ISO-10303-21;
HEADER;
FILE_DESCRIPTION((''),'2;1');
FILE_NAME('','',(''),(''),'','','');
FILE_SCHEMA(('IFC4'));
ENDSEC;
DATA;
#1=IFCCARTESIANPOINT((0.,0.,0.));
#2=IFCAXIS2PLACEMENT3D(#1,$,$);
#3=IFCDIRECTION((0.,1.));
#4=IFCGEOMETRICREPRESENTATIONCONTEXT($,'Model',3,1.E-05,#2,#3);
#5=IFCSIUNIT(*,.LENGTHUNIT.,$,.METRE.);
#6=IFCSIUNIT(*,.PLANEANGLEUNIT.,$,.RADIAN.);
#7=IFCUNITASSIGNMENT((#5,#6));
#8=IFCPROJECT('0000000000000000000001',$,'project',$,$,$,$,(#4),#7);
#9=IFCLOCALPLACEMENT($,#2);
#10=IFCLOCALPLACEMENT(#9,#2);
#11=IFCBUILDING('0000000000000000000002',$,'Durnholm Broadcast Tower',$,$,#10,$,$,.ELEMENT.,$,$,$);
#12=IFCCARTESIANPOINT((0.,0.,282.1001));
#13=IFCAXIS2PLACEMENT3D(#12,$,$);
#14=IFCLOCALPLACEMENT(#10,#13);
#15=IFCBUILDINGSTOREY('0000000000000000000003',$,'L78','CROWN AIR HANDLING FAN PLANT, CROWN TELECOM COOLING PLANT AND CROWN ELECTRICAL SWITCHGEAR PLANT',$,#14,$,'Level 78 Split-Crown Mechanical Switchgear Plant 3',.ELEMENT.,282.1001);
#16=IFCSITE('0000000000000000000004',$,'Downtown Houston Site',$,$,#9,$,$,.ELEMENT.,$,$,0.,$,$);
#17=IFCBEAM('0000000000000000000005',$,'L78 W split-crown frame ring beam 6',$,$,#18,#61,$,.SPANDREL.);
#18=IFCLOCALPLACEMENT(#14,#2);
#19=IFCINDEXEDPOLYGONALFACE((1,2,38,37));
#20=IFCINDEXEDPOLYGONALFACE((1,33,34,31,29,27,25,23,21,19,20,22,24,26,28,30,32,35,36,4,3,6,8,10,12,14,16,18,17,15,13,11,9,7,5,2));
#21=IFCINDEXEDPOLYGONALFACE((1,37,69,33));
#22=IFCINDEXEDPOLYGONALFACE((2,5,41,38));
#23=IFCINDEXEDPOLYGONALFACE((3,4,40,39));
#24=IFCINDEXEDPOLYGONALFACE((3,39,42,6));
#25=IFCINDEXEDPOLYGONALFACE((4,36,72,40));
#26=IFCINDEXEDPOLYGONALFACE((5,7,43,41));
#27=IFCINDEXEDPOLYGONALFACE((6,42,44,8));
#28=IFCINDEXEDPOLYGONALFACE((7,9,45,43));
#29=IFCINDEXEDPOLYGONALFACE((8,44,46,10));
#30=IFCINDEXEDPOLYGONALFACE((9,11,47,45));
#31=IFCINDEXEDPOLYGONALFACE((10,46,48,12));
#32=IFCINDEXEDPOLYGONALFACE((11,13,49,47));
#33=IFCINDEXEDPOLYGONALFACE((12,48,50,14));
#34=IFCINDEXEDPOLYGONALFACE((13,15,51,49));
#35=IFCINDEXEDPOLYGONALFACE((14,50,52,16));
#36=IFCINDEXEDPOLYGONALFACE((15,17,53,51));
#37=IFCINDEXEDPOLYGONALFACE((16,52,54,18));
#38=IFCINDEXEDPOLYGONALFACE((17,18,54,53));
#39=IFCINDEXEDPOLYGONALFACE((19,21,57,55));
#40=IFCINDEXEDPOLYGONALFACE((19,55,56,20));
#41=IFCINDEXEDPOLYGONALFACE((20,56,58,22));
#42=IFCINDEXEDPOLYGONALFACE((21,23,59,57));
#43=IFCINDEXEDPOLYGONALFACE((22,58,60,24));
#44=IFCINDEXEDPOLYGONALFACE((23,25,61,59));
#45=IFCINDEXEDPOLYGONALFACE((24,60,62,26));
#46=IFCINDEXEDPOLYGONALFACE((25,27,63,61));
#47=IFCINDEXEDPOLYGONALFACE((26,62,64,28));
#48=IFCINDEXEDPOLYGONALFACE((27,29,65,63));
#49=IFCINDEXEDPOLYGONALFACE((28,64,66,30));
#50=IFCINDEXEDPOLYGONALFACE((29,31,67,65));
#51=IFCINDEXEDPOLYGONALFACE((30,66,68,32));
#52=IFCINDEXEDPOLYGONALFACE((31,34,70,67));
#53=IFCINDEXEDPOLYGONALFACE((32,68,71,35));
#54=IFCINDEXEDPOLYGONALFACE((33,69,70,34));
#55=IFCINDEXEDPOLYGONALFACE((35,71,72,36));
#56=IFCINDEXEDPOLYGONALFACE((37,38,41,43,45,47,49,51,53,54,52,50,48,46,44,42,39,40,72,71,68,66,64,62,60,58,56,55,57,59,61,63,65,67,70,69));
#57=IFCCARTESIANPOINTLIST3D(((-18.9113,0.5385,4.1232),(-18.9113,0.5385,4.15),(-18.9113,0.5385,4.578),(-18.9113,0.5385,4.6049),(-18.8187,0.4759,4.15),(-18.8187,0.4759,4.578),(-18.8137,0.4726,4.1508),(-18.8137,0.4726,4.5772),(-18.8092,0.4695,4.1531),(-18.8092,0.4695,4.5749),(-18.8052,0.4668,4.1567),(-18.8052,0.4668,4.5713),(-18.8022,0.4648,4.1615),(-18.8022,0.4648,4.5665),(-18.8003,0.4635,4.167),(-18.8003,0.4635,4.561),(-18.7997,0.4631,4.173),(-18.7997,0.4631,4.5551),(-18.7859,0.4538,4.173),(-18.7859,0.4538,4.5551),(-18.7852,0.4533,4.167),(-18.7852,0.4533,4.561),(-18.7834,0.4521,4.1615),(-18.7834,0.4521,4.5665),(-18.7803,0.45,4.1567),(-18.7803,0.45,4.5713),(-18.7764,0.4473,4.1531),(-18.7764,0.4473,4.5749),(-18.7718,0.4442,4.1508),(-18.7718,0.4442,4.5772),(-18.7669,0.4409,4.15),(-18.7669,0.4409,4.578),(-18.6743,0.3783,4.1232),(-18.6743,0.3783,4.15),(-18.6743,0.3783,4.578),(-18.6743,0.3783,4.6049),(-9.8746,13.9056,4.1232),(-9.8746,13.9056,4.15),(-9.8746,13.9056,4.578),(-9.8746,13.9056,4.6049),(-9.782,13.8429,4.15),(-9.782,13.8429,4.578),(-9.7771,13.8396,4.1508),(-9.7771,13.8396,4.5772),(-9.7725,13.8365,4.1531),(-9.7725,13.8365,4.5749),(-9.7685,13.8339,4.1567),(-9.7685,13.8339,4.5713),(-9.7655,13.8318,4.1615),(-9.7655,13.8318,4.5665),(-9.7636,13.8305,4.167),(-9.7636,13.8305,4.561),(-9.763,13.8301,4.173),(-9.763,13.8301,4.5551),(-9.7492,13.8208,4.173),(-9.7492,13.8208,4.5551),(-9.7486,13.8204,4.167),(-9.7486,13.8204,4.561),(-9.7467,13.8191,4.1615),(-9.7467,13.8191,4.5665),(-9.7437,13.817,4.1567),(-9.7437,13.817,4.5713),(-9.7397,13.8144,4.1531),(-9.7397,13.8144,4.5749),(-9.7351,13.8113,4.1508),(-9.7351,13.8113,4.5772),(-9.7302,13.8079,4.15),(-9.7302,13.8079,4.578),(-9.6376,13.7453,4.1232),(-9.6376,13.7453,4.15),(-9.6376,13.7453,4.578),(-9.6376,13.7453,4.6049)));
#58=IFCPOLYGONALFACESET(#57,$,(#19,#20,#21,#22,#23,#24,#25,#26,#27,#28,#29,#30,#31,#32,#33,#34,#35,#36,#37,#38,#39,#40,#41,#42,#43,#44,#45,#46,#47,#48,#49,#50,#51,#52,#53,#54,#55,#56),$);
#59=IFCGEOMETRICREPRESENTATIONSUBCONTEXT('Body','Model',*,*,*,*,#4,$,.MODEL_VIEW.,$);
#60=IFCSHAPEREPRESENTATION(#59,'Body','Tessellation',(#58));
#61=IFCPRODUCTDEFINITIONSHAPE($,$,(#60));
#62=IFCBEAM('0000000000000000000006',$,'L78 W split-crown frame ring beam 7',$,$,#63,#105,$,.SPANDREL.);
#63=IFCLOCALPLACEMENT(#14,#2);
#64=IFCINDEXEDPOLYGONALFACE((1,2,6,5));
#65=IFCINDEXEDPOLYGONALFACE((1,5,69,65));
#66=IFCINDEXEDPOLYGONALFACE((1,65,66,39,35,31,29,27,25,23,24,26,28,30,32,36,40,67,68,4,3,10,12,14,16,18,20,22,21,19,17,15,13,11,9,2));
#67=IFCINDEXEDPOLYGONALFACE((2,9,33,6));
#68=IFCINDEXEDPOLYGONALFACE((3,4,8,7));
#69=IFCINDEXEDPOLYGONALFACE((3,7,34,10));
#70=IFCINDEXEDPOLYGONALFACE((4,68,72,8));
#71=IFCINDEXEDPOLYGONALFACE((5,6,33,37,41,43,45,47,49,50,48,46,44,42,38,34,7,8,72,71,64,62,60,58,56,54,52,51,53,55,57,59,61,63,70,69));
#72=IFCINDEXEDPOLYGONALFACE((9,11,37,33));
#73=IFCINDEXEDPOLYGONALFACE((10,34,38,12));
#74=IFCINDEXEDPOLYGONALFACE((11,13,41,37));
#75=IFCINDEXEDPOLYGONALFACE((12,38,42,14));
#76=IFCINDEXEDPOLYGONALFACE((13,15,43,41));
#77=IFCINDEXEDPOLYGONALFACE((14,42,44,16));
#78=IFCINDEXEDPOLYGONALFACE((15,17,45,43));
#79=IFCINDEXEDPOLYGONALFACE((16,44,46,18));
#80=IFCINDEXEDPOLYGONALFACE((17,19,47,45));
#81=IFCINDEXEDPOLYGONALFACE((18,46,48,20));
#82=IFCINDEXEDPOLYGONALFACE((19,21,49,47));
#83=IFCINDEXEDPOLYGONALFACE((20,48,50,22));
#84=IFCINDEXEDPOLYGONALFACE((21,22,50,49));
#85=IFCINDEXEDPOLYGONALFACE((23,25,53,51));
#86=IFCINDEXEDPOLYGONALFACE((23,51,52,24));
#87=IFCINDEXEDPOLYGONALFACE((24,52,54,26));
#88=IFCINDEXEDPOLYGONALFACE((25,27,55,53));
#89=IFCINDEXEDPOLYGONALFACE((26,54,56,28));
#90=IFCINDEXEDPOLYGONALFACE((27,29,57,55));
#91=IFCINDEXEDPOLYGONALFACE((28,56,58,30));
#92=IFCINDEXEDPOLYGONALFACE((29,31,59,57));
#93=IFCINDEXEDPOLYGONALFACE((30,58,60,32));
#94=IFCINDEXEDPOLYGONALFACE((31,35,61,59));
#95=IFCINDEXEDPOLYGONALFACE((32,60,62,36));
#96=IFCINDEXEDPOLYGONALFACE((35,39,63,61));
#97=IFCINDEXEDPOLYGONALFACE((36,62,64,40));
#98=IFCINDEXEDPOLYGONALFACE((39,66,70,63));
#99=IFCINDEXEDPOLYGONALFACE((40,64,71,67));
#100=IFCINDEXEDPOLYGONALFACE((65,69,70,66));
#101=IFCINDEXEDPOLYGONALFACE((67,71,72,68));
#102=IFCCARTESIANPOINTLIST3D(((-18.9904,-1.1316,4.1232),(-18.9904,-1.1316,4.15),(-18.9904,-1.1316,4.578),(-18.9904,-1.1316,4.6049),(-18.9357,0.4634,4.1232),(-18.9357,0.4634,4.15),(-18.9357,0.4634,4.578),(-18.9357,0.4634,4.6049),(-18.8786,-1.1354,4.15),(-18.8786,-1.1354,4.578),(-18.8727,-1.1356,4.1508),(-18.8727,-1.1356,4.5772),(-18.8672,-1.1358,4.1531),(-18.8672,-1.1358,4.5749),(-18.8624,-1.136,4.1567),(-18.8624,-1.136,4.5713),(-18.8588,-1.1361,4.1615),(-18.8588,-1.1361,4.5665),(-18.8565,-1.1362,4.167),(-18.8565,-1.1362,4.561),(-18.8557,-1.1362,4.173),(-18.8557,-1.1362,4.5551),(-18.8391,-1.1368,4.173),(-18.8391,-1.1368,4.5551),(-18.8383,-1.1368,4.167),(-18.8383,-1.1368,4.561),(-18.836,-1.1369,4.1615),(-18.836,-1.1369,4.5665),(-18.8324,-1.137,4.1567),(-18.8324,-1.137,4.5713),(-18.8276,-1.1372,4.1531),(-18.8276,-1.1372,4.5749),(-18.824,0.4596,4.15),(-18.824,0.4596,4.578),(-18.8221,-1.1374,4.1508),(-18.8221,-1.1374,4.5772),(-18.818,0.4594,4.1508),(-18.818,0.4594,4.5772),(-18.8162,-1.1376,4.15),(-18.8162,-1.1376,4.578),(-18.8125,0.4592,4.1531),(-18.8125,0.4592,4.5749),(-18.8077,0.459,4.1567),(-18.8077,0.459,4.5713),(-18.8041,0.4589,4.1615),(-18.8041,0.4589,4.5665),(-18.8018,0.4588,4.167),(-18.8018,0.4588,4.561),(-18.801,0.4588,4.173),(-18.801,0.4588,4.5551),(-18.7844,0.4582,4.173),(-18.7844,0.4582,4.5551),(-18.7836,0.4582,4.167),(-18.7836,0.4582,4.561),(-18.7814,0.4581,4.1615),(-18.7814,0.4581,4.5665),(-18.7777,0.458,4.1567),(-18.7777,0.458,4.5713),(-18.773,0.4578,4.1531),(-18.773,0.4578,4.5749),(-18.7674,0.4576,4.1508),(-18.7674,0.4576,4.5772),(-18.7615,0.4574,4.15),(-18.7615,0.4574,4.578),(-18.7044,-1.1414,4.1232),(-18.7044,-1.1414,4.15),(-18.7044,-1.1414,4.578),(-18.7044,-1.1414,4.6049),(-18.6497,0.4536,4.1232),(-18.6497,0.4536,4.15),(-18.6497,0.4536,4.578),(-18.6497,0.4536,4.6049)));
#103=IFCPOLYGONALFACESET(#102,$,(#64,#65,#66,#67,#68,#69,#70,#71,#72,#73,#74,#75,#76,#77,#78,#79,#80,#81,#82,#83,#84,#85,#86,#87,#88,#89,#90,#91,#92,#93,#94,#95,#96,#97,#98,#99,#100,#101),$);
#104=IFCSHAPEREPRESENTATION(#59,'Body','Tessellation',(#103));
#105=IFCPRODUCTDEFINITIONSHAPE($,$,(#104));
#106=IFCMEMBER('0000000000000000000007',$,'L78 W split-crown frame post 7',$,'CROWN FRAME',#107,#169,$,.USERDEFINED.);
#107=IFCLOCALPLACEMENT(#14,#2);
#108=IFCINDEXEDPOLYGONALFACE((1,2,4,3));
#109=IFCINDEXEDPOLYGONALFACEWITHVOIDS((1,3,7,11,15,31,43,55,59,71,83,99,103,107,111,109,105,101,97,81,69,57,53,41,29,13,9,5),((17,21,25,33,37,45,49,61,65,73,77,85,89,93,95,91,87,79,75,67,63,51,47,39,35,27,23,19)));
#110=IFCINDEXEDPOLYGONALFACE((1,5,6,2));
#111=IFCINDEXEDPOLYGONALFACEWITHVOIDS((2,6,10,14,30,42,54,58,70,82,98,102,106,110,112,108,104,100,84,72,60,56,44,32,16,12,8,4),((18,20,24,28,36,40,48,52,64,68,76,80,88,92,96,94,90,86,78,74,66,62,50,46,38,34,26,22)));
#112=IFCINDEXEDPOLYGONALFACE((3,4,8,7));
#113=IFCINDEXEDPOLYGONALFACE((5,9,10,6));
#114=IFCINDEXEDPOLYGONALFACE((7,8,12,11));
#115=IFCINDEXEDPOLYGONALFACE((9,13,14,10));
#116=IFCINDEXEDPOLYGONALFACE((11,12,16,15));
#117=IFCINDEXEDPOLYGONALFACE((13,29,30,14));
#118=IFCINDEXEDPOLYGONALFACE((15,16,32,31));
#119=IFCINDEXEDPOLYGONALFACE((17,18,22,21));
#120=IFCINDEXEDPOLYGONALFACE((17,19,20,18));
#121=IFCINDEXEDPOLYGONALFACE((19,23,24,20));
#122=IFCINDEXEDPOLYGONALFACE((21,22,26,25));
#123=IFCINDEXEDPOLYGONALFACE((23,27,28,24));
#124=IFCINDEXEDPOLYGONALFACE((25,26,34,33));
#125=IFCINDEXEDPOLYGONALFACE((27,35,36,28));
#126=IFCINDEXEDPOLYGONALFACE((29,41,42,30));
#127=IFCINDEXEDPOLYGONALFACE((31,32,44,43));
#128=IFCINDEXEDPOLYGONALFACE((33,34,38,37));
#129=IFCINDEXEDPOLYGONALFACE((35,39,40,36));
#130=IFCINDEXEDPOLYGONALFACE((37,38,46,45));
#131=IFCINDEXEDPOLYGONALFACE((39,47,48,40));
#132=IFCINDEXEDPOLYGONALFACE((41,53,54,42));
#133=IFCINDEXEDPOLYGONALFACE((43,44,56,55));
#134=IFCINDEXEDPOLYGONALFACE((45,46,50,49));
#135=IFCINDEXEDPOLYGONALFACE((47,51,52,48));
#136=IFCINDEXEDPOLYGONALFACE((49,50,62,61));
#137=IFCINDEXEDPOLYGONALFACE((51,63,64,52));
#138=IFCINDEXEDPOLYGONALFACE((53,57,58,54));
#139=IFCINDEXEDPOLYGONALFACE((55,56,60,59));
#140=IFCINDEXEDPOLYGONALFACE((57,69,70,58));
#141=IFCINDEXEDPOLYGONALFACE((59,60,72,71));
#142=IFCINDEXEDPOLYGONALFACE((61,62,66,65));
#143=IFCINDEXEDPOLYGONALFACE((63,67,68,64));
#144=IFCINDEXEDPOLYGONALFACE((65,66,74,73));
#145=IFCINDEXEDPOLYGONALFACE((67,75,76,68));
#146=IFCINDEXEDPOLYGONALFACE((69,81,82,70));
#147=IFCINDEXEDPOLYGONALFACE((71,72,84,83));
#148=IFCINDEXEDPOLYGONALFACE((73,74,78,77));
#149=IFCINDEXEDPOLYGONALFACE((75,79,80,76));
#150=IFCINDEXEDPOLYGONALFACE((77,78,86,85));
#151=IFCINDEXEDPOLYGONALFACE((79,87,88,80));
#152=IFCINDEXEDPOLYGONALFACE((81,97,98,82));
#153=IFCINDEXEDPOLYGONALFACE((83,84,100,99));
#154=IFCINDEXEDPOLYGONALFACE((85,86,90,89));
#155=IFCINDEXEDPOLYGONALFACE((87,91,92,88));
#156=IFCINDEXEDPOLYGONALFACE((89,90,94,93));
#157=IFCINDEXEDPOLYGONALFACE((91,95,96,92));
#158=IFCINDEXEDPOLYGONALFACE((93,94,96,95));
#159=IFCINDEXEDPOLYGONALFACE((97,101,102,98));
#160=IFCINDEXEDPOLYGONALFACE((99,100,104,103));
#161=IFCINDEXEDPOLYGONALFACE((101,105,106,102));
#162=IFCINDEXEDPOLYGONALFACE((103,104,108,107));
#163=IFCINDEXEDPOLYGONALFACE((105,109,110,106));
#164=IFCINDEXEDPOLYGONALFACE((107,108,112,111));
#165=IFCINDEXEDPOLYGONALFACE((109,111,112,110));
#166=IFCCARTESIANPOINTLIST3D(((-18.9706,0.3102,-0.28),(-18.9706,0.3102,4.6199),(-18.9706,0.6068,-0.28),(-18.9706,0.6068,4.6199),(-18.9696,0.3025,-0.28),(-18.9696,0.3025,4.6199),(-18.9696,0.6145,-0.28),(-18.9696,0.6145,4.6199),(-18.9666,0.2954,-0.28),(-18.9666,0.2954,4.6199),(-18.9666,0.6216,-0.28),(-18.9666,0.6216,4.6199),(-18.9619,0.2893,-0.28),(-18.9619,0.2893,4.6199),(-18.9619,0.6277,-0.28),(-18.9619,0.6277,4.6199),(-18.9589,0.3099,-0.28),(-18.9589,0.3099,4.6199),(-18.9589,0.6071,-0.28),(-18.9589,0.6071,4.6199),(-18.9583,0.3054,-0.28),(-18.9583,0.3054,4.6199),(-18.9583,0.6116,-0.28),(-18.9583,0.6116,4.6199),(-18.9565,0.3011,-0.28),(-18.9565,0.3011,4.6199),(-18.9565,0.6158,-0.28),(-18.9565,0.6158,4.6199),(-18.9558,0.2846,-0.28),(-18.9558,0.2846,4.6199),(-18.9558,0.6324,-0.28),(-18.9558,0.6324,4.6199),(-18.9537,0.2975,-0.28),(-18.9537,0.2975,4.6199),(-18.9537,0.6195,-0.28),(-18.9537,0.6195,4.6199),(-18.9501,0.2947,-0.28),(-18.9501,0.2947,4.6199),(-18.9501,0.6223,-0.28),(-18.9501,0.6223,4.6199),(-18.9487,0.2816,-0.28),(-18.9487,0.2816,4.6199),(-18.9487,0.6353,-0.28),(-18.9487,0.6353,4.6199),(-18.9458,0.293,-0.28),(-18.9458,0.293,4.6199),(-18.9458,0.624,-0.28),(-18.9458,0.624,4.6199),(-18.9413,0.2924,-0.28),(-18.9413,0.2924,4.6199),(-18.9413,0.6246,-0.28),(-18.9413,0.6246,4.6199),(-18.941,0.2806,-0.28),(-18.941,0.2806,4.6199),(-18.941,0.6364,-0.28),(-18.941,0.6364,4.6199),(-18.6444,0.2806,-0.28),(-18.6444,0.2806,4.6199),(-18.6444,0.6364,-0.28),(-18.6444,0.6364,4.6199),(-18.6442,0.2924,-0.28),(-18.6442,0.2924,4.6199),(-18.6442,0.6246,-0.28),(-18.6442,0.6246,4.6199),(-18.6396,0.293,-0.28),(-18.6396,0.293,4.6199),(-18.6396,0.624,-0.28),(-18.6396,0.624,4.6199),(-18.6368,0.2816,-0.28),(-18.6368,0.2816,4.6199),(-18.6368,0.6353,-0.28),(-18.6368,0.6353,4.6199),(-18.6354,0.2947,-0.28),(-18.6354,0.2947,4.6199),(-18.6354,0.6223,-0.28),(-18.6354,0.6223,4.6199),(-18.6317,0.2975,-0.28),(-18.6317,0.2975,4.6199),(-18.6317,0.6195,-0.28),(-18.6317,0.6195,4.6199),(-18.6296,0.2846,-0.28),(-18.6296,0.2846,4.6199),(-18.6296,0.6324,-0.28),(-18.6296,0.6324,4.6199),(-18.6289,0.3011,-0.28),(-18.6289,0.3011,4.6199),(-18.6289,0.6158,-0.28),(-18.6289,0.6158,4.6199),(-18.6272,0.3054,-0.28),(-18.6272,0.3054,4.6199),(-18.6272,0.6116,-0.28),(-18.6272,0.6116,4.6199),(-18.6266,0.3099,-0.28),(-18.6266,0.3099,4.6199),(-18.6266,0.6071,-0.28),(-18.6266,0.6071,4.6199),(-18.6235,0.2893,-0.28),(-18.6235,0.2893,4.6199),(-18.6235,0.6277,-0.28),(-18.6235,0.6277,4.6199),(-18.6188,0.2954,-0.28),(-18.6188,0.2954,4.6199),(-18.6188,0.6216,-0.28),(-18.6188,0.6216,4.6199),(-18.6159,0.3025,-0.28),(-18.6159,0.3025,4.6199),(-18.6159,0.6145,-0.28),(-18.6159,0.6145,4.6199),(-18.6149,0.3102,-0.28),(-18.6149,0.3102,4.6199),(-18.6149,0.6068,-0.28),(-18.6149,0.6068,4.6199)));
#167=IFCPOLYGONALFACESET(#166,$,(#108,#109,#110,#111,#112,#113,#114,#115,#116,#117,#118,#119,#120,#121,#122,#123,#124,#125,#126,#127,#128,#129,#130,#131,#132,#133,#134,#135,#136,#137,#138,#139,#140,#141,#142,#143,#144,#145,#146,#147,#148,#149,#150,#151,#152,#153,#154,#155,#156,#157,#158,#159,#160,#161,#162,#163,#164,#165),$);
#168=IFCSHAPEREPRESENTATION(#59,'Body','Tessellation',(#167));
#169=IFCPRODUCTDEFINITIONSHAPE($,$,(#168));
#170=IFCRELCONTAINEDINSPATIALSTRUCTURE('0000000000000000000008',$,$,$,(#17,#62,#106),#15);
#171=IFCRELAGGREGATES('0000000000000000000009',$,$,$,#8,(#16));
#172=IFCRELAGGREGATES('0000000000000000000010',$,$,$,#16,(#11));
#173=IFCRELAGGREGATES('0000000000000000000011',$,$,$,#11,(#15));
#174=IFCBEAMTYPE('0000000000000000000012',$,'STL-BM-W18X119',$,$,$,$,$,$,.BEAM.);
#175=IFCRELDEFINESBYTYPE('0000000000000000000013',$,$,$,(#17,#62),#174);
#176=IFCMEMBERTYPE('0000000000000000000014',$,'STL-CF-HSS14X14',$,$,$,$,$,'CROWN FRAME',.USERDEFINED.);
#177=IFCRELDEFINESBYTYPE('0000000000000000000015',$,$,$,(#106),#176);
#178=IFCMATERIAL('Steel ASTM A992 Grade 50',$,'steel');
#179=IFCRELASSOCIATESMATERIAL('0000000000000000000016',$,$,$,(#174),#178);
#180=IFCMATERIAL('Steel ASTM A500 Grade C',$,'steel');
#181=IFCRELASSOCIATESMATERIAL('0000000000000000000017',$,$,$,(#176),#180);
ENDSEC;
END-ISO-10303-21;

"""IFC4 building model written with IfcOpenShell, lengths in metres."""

from ifc_helpers import new_model, si_unit, direction, frame, origin, origin_2d, place, context, subcontext, project, spatial, hollow_rectangle, i_section, extrude, source, transform, mapped, material, material_profile, profile_set, type_object, type_shapes, element, save


model = new_model("IFC4")

# Units and contexts
model_context = context("Model", 3, precision=1e-05, world=origin(), true_north=direction((0.0, 1.0)))
body_context = subcontext(model_context, "Body", "Model", "MODEL_VIEW")
ifc_project = project(units=[si_unit("LENGTHUNIT", "METRE"), si_unit("PLANEANGLEUNIT", "RADIAN")], contexts=[model_context])

# Site, building, storey
site_placement = place(None, origin())
site = spatial("IfcSite", under=ifc_project, at=site_placement, Name="Downtown Houston Site", CompositionType="ELEMENT", RefElevation=0.0)
building_placement = place(site_placement, origin())
building = spatial("IfcBuilding", under=site, at=building_placement, Name="Durnholm Broadcast Tower", CompositionType="ELEMENT")
storey_placement = place(building_placement, frame((0.0, 0.0, 282.1001)))
storey = spatial("IfcBuildingStorey", under=building, at=storey_placement, Name="L78", Description="CROWN AIR HANDLING FAN PLANT, CROWN TELECOM COOLING PLANT AND CROWN ELECTRICAL SWITCHGEAR PLANT", LongName="Level 78 Split-Crown Mechanical Switchgear Plant 3", CompositionType="ELEMENT", Elevation=282.1001)

# Shared definitions
ifc_material_1 = material(Name="Steel ASTM A500 Grade C", Category="steel")

# Beams
ifc_material_2 = material(Name="Steel ASTM A992 Grade 50", Category="steel")
ifc_material_profile_1 = material_profile(ifc_material_2, i_section(OverallWidth=0.2861, OverallDepth=0.4817, WebThickness=0.0166, FlangeThickness=0.0269, FilletRadius=0.0229, at=origin_2d()), Name="W18X119")
ifc_profile_set_1 = profile_set([ifc_material_profile_1], Name="Steel ASTM A992 Grade 50")
beam_type_1 = type_object("IfcBeamType", Name="STL-BM-W18X119", PredefinedType="BEAM", material=ifc_profile_set_1)
shared_shape_1 = source(origin(), body_context, "Body", "SweptSolid", [
    extrude(i_section(OverallWidth=0.2861, OverallDepth=0.4817, WebThickness=0.0166, FlangeThickness=0.0269, FilletRadius=0.0229, at=origin_2d()), origin(), (0.0, 0.0, 1.0), 16.135),
])
beam_1_placement = place(storey_placement, frame((-9.7561, 13.8254, 4.364), z_axis=(-0.560066, -0.828448, 0.0), x_axis=(0.828448, -0.560066, 0.0)))
element("IfcBeam", 1, at=beam_1_placement, inside=storey, type_object=beam_type_1, Name="L78 W split-crown frame ring beam 6", PredefinedType="SPANDREL", context=body_context, shape_type="MappedRepresentation", body=[
    mapped(shared_shape_1, transform((0.0, 0.0, 0.0), x_axis=(1.0, 0.0, 0.0), y_axis=(0.0, 1.0, 0.0), z_axis=(0.0, 0.0, 1.0), scale=1.0)),
])
shared_shape_2 = source(origin(), body_context, "Body", "SweptSolid", [
    extrude(i_section(OverallWidth=0.2861, OverallDepth=0.4817, WebThickness=0.0166, FlangeThickness=0.0269, FilletRadius=0.0229, at=origin_2d()), origin(), (0.0, 0.0, 1.0), 1.5959),
])
type_shapes(beam_type_1, [shared_shape_1, shared_shape_2])
beam_2_placement = place(storey_placement, frame((-18.7927, 0.4585, 4.364), z_axis=(-0.034267, -0.999413, 0.0), x_axis=(0.999413, -0.034267, 0.0)))
element("IfcBeam", 2, at=beam_2_placement, inside=storey, type_object=beam_type_1, Name="L78 W split-crown frame ring beam 7", PredefinedType="SPANDREL", context=body_context, shape_type="MappedRepresentation", body=[
    mapped(shared_shape_2, transform((0.0, 0.0, 0.0), x_axis=(1.0, 0.0, 0.0), y_axis=(0.0, 1.0, 0.0), z_axis=(0.0, 0.0, 1.0), scale=1.0)),
])

# Member
ifc_material_profile_2 = material_profile(ifc_material_1, hollow_rectangle(XDim=0.3557, YDim=0.3557, WallThickness=0.0117, InnerFilletRadius=0.0176, OuterFilletRadius=0.0295, at=origin_2d()), Name="HSS14X14X1/2")
ifc_profile_set_2 = profile_set([ifc_material_profile_2], Name="Steel ASTM A500 Grade C")
member_type_1 = type_object("IfcMemberType", Name="STL-CF-HSS14X14", ElementType="CROWN FRAME", PredefinedType="USERDEFINED", material=ifc_profile_set_2)
shared_shape_3 = source(origin(), body_context, "Body", "SweptSolid", [
    extrude(hollow_rectangle(XDim=0.3557, YDim=0.3557, WallThickness=0.0117, InnerFilletRadius=0.0176, OuterFilletRadius=0.0295, at=origin_2d()), origin(), (0.0, 0.0, 1.0), 4.8999),
])
type_shapes(member_type_1, [shared_shape_3])
member_1_placement = place(storey_placement, frame((-18.7927, 0.4585, -0.28), z_axis=(0.0, 0.0, 1.0), x_axis=(1.0, 0.0, 0.0)))
element("IfcMember", 3, at=member_1_placement, inside=storey, type_object=member_type_1, Name="L78 W split-crown frame post 7", ObjectType="CROWN FRAME", PredefinedType="USERDEFINED", context=body_context, shape_type="MappedRepresentation", body=[
    mapped(shared_shape_3, transform((0.0, 0.0, 0.0), x_axis=(1.0, 0.0, 0.0), y_axis=(0.0, 1.0, 0.0), z_axis=(0.0, 0.0, 1.0), scale=1.0)),
])

save(model, "model.ifc")
